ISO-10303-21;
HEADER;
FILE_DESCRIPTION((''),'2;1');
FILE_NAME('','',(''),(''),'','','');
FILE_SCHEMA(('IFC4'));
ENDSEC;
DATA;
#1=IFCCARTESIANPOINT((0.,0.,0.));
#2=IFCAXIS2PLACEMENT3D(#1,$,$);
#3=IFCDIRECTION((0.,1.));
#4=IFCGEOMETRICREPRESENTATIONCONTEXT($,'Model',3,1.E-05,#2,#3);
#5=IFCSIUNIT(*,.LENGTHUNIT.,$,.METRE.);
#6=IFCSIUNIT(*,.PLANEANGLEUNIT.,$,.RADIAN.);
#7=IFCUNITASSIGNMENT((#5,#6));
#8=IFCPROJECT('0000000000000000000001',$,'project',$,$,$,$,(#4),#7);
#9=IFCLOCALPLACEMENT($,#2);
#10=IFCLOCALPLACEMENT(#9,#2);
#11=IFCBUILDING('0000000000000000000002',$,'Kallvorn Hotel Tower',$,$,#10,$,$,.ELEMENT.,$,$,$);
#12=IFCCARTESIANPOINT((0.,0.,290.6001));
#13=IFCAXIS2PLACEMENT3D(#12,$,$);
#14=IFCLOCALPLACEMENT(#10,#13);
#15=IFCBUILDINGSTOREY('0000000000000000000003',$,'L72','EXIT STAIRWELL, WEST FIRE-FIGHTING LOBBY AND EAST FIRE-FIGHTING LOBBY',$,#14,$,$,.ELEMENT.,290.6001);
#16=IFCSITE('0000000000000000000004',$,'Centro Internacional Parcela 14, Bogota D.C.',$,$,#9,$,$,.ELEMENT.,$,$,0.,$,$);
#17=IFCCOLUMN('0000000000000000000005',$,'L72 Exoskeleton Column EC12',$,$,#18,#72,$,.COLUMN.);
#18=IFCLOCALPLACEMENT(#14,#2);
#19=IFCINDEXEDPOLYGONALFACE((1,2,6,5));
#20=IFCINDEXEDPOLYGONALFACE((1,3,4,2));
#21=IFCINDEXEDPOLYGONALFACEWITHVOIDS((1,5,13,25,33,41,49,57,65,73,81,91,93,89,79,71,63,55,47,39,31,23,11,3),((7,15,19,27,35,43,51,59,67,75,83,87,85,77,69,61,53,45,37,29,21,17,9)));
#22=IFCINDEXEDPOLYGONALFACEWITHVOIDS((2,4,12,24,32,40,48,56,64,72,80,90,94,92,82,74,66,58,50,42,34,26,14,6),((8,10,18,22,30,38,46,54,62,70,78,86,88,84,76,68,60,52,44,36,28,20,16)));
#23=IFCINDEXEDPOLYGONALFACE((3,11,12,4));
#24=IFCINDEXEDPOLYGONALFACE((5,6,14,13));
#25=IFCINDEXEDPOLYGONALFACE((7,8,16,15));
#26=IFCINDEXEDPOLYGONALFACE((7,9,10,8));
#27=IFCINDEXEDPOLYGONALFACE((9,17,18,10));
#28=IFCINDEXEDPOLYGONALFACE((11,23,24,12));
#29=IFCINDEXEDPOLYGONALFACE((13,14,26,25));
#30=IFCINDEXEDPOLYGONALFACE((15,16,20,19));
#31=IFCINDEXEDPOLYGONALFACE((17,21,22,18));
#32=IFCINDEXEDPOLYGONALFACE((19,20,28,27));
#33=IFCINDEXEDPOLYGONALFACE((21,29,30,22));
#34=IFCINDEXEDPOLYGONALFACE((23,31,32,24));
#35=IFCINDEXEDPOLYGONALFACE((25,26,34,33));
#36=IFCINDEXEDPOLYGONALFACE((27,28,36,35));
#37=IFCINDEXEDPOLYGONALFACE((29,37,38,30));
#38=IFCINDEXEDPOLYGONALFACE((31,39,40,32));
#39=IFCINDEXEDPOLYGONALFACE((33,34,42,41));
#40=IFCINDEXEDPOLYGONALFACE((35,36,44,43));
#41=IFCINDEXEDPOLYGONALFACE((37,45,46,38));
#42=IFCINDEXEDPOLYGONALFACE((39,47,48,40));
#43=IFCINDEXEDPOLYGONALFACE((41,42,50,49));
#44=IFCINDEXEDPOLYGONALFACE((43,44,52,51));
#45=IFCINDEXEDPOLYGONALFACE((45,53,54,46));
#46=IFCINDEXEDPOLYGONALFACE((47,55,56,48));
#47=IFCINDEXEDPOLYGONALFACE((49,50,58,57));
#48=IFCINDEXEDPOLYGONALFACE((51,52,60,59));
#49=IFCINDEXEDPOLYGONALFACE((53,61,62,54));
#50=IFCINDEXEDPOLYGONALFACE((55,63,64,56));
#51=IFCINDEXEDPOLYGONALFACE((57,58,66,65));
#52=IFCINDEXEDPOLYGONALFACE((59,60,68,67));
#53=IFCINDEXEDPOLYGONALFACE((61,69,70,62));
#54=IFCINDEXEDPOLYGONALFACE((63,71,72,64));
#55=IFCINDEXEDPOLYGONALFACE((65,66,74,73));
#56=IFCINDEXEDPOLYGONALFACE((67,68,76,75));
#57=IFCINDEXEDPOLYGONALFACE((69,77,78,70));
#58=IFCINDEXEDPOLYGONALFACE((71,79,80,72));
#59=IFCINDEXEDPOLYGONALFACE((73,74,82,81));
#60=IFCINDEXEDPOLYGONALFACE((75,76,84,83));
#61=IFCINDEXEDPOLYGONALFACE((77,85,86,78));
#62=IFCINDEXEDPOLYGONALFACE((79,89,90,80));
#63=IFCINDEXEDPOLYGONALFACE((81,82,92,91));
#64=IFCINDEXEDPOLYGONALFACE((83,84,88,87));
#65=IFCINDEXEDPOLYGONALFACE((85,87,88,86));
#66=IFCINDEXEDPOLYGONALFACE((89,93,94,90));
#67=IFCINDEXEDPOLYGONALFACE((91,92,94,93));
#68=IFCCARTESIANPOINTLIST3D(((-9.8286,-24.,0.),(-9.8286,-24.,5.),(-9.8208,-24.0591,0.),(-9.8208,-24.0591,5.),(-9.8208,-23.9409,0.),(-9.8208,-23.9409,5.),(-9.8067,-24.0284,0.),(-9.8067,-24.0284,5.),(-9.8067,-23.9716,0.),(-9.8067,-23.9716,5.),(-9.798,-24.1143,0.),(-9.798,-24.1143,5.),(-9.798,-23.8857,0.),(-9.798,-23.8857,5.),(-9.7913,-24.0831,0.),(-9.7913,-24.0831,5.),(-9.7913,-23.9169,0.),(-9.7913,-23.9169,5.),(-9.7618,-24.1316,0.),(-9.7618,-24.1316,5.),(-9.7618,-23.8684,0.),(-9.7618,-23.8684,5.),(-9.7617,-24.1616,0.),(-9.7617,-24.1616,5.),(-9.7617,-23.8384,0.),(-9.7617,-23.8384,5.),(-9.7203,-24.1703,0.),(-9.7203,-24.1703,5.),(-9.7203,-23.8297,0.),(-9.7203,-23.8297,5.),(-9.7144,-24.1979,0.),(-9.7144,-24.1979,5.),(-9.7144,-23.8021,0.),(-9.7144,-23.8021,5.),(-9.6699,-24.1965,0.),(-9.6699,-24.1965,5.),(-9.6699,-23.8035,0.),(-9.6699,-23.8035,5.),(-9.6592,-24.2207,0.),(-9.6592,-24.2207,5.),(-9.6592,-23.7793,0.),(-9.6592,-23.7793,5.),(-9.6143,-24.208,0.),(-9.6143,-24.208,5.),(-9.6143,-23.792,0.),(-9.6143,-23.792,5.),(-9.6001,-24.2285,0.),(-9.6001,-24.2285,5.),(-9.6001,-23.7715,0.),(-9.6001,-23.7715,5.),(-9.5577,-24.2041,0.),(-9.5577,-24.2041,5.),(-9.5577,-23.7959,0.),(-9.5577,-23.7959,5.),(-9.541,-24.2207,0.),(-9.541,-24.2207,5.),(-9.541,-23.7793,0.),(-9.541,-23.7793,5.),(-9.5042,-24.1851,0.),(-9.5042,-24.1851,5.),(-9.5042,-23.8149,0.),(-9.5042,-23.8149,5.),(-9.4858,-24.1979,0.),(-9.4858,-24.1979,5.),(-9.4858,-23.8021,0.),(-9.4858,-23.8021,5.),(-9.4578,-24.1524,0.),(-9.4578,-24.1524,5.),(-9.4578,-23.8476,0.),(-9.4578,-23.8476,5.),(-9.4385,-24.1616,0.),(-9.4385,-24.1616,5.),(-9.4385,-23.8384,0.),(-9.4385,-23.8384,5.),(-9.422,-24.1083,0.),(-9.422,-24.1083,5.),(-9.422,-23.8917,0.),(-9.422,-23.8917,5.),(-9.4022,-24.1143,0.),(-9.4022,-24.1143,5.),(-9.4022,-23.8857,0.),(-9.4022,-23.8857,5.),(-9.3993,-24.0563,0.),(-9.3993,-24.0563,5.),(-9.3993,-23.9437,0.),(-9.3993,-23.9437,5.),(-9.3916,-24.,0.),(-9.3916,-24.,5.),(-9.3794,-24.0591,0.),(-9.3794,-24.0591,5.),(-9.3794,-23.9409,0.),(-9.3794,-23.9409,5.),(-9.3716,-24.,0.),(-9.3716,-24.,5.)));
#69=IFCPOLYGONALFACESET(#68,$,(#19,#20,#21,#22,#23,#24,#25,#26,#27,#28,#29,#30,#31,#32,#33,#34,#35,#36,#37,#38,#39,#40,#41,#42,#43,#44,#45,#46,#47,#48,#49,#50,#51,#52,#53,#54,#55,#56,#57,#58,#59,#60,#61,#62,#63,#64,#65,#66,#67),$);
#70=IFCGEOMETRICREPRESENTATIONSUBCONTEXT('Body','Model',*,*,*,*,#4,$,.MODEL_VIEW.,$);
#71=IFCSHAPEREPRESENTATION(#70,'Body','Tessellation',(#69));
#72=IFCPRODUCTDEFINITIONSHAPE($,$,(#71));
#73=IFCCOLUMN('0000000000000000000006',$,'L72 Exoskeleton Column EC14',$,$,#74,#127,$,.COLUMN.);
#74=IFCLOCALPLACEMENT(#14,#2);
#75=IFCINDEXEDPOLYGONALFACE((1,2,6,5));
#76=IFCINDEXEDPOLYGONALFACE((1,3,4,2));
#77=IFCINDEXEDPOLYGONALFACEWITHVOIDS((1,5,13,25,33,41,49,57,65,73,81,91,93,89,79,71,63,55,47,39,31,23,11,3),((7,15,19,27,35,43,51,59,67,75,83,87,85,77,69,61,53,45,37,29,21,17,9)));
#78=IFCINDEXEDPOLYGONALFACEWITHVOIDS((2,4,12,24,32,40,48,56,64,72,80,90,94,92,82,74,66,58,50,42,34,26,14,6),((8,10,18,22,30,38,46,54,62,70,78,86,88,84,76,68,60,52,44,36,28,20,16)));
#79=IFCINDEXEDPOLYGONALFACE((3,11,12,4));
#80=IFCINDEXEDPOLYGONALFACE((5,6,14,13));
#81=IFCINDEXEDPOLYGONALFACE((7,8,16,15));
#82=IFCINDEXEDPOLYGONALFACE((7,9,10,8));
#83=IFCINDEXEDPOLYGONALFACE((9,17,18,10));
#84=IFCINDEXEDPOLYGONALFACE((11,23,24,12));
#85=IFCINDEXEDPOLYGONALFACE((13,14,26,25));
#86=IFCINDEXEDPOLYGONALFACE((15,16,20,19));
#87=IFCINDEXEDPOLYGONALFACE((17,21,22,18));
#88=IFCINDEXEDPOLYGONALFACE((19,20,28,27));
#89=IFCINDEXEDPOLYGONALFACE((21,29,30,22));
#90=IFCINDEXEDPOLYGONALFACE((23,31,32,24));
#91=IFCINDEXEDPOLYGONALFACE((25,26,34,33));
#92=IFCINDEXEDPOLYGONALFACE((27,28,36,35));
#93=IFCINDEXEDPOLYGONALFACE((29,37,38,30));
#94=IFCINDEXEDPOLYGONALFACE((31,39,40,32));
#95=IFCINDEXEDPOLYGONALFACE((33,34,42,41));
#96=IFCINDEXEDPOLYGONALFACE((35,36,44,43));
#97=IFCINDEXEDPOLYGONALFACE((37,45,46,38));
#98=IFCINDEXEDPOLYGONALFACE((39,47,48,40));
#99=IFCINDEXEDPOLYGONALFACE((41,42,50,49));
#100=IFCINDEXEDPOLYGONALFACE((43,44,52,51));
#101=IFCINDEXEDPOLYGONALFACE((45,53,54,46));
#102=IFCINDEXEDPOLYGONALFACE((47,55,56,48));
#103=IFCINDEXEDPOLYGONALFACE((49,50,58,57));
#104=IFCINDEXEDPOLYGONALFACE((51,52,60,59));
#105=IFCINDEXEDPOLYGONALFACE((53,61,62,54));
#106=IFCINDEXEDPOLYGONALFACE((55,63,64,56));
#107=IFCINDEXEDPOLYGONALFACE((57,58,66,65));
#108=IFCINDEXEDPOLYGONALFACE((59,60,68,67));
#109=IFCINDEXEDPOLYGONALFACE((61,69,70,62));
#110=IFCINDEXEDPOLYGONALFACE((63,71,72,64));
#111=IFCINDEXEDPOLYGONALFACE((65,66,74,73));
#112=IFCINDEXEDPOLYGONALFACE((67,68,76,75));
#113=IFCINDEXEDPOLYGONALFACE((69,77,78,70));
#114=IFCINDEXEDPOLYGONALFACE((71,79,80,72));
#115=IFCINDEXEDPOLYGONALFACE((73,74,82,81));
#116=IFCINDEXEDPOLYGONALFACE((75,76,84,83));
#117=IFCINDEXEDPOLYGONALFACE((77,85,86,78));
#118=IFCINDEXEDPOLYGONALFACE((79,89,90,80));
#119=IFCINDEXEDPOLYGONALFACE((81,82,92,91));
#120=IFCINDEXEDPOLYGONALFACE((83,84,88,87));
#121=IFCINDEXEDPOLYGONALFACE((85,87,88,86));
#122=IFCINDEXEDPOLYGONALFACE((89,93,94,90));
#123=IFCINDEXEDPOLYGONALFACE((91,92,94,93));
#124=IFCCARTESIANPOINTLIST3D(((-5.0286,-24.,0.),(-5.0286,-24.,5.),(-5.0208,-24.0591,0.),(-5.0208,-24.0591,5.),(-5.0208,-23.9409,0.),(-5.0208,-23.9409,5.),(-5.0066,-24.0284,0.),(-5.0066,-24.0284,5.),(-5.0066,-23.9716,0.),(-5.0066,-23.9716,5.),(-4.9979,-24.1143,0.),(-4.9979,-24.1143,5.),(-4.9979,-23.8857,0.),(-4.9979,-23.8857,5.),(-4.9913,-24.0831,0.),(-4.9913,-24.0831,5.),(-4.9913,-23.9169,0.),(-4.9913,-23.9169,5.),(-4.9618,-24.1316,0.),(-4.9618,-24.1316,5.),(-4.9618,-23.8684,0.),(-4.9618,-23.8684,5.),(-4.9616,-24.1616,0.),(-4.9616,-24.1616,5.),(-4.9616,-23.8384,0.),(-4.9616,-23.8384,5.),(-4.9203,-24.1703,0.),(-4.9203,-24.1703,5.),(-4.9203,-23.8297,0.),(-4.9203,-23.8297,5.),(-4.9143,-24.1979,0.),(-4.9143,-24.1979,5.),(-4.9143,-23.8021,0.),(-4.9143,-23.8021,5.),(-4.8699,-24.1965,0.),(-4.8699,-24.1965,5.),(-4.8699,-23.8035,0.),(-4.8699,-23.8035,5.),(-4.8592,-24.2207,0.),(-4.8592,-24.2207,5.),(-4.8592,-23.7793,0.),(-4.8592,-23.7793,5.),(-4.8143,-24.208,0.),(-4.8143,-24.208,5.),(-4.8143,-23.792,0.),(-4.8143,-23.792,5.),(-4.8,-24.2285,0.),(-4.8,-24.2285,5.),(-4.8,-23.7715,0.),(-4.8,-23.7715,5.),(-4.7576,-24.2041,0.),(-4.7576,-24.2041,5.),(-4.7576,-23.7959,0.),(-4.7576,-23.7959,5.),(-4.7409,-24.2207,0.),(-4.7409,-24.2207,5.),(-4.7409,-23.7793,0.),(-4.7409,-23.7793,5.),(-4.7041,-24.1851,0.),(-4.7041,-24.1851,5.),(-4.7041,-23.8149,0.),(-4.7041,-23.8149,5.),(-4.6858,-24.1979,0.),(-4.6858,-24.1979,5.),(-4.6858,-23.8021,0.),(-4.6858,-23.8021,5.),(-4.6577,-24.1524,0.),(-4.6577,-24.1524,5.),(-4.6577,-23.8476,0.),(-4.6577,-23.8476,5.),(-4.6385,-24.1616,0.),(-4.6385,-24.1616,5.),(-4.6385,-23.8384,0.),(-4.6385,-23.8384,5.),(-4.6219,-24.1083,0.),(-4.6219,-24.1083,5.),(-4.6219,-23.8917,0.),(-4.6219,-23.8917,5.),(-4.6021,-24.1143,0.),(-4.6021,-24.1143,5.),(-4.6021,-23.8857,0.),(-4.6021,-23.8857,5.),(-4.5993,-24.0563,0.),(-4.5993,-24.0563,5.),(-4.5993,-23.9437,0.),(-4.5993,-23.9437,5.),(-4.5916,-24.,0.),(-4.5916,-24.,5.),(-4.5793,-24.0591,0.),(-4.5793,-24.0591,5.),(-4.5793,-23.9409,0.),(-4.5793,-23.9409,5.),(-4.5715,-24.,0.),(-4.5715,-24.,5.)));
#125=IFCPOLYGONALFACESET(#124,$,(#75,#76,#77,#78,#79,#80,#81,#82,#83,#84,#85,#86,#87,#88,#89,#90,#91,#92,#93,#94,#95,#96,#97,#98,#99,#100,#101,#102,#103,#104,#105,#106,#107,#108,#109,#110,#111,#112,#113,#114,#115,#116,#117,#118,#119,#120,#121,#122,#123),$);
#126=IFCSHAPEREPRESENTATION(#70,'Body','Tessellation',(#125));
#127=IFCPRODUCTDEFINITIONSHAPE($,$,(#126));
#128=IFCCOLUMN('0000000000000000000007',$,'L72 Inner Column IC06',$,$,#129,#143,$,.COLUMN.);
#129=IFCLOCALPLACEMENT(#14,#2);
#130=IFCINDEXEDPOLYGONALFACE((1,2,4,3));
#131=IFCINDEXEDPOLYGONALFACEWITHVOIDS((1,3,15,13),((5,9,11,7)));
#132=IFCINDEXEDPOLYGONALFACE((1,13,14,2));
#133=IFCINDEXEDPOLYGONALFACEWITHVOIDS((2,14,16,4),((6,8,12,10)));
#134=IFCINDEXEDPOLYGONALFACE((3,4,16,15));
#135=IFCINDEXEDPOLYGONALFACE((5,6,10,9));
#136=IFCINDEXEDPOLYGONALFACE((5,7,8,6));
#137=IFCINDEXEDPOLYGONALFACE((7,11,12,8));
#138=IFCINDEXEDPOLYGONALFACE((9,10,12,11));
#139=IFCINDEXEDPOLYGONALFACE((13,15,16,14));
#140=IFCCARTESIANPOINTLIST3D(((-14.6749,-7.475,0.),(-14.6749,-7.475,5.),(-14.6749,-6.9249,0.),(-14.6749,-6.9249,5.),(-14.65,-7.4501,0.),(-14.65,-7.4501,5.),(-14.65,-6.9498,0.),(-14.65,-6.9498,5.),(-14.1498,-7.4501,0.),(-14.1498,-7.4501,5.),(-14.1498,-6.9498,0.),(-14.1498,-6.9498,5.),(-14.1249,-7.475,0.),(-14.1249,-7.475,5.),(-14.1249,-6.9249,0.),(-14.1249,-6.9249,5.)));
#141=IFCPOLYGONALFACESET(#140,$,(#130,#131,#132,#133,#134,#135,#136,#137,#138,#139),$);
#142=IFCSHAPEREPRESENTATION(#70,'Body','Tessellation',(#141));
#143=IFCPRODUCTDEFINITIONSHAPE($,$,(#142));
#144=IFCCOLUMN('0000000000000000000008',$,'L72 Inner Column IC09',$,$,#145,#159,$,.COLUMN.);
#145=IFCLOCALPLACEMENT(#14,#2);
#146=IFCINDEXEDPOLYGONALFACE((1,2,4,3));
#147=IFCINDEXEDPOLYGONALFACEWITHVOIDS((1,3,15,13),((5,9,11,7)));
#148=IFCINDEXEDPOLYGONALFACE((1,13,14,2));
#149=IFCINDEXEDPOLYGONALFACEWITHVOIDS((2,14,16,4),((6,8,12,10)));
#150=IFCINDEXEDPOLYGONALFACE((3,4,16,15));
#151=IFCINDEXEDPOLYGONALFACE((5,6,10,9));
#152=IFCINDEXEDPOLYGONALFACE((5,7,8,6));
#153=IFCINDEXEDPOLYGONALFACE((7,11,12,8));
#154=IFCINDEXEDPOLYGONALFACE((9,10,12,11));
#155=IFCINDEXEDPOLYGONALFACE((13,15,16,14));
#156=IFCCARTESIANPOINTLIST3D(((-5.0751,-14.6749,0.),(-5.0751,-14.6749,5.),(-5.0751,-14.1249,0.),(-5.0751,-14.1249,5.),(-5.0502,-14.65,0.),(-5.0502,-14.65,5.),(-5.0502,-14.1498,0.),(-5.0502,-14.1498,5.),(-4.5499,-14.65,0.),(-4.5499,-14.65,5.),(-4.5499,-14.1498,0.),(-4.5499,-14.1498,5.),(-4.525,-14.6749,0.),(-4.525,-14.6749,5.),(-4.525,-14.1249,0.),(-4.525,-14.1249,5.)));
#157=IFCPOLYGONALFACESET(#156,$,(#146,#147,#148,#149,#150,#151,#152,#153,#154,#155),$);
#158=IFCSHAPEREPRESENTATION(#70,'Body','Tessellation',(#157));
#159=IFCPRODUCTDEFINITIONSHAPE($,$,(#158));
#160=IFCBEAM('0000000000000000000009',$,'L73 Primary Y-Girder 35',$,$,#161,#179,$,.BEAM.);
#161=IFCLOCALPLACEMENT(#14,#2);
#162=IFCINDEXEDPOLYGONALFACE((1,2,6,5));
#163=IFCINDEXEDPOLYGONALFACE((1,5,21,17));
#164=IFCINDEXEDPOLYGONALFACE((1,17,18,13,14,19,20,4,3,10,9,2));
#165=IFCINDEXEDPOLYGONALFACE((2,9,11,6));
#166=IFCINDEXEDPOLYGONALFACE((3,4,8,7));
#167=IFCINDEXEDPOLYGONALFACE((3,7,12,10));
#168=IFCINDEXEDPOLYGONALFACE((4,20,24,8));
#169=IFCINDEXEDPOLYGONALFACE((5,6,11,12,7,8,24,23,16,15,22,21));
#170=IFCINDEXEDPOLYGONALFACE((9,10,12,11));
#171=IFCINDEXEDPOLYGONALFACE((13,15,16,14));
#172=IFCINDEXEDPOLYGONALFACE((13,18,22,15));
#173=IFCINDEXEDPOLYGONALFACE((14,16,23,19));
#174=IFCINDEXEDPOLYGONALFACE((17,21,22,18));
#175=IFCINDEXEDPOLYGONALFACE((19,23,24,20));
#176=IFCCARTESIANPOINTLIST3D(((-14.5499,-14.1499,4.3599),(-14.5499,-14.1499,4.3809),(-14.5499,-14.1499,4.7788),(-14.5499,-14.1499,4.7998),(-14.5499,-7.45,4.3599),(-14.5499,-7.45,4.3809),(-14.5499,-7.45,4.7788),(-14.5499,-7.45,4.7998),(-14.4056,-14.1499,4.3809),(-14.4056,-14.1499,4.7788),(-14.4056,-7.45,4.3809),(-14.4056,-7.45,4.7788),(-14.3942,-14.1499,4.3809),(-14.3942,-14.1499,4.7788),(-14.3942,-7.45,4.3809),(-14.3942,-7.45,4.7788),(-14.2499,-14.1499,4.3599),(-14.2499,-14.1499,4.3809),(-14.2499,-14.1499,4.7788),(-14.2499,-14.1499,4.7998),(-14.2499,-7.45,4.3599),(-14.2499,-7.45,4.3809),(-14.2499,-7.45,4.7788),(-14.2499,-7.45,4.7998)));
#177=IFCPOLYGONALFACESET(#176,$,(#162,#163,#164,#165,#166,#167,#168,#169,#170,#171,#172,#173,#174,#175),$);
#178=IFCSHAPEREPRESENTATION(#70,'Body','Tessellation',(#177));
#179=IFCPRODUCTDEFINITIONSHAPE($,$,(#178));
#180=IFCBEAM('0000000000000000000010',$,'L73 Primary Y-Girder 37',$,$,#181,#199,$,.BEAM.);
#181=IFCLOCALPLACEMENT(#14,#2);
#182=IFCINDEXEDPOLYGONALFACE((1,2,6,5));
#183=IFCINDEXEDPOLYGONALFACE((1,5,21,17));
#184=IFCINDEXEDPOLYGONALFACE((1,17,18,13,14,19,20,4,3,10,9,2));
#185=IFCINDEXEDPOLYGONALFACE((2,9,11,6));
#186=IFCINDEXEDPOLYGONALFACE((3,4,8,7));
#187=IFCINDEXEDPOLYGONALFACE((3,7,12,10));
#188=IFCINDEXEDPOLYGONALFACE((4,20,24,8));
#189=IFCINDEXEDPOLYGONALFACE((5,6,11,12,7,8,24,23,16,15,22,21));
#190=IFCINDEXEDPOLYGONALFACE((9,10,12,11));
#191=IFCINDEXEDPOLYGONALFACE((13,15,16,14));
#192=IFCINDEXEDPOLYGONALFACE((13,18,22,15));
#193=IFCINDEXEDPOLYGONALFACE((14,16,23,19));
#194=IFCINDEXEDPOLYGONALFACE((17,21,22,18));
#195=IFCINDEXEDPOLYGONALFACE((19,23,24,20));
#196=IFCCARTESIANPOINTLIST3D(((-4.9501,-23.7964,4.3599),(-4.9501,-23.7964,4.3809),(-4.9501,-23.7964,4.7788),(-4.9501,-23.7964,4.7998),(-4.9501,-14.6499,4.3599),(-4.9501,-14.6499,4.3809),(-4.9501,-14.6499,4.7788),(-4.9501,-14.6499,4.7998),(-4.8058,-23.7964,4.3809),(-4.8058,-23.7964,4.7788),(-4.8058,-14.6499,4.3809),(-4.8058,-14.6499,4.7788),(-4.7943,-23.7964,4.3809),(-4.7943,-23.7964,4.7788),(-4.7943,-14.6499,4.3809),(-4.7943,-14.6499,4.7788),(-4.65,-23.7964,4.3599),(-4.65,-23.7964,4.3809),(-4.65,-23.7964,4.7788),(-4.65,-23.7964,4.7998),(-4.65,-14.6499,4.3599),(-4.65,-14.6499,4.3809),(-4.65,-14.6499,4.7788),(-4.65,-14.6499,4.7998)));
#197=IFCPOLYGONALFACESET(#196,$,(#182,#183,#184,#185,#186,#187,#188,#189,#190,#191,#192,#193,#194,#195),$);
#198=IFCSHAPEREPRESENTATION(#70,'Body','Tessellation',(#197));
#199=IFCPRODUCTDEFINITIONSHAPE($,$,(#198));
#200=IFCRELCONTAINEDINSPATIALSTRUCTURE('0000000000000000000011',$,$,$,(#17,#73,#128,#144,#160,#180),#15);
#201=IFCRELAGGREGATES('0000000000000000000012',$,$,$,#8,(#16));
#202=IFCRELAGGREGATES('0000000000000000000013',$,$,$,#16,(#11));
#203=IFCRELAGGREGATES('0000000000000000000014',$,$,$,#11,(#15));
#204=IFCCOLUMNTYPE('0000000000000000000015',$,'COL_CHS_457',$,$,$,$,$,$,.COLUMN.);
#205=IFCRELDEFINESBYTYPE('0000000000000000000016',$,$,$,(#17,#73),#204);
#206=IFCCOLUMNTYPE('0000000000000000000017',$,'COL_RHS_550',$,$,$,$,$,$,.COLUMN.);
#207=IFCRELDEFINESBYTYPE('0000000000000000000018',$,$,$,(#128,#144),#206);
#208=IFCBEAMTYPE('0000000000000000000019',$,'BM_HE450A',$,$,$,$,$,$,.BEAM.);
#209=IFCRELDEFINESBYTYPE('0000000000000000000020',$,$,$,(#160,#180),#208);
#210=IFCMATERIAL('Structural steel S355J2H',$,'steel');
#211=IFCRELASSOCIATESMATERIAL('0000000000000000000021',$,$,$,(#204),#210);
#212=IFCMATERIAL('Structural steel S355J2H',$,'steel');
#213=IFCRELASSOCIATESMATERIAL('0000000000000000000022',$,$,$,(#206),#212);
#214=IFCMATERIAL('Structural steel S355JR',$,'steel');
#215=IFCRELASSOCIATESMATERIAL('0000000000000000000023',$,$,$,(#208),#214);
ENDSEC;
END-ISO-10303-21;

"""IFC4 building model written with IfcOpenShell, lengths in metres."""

from ifc_helpers import new_model, si_unit, direction, frame, origin, origin_2d, place, context, subcontext, project, spatial, hollow_rectangle, hollow_circle, i_section, extrude, material, material_profile, profile_set, type_object, element, save


model = new_model("IFC4")

# Units and contexts
model_context = context("Model", 3, precision=1e-05, world=origin(), true_north=direction((0.0, 1.0)))
body_context = subcontext(model_context, "Body", "Model", "MODEL_VIEW")
ifc_project = project(units=[si_unit("LENGTHUNIT", "METRE"), si_unit("PLANEANGLEUNIT", "RADIAN")], contexts=[model_context])

# Site, building, storey
site_placement = place(None, origin())
site = spatial("IfcSite", under=ifc_project, at=site_placement, Name="Centro Internacional Parcela 14, Bogota D.C.", CompositionType="ELEMENT", RefElevation=0.0)
building_placement = place(site_placement, origin())
building = spatial("IfcBuilding", under=site, at=building_placement, Name="Kallvorn Hotel Tower", CompositionType="ELEMENT")
storey_placement = place(building_placement, frame((0.0, 0.0, 290.6001)))
storey = spatial("IfcBuildingStorey", under=building, at=storey_placement, Name="L72", Description="EXIT STAIRWELL, WEST FIRE-FIGHTING LOBBY AND EAST FIRE-FIGHTING LOBBY", CompositionType="ELEMENT", Elevation=290.6001)

# Columns
ifc_material_1 = material(Name="Structural steel S355J2H", Category="steel")
ifc_material_profile_1 = material_profile(ifc_material_1, hollow_circle(Radius=0.2285, WallThickness=0.02, at=origin_2d()), Name="CHS 457x20")
ifc_profile_set_1 = profile_set([ifc_material_profile_1], Name="Structural steel S355J2H")
column_type_1 = type_object("IfcColumnType", Name="COL_CHS_457", PredefinedType="COLUMN", material=ifc_profile_set_1)
for number, where, z_axis, x_axis, name in (
    (1, (-9.6001, -24.0, 0.0), (0.0, 0.0, 1.0), (1.0, 0.0, 0.0), "L72 Exoskeleton Column EC12"),
    (2, (-4.8, -24.0, 0.0), (0.0, 0.0, 1.0), (1.0, 0.0, 0.0), "L72 Exoskeleton Column EC14"),
):
    element("IfcColumn", number, at=place(storey_placement, frame(where, z_axis=z_axis, x_axis=x_axis)), inside=storey, type_object=column_type_1, Name=name, PredefinedType="COLUMN", context=body_context, shape_type="SweptSolid", body=[
        extrude(hollow_circle(Radius=0.2285, WallThickness=0.02, at=origin_2d()), origin(), (0.0, 0.0, 1.0), 5.0),
    ])
ifc_material_2 = material(Name="Structural steel S355J2H", Category="steel")
ifc_material_profile_2 = material_profile(ifc_material_2, hollow_rectangle(XDim=0.55, YDim=0.55, WallThickness=0.0249, at=origin_2d()), Name="RHS 550x550x25")
ifc_profile_set_2 = profile_set([ifc_material_profile_2], Name="Structural steel S355J2H")
column_type_2 = type_object("IfcColumnType", Name="COL_RHS_550", PredefinedType="COLUMN", material=ifc_profile_set_2)
for number, where, z_axis, x_axis, name in (
    (3, (-14.3999, -7.2, 0.0), (0.0, 0.0, 1.0), (1.0, 0.0, 0.0), "L72 Inner Column IC06"),
    (4, (-4.8, -14.3999, 0.0), (0.0, 0.0, 1.0), (1.0, 0.0, 0.0), "L72 Inner Column IC09"),
):
    element("IfcColumn", number, at=place(storey_placement, frame(where, z_axis=z_axis, x_axis=x_axis)), inside=storey, type_object=column_type_2, Name=name, PredefinedType="COLUMN", context=body_context, shape_type="SweptSolid", body=[
        extrude(hollow_rectangle(XDim=0.55, YDim=0.55, WallThickness=0.0249, at=origin_2d()), origin(), (0.0, 0.0, 1.0), 5.0),
    ])

# Beams
ifc_material_3 = material(Name="Structural steel S355JR", Category="steel")
ifc_material_profile_3 = material_profile(ifc_material_3, i_section(OverallWidth=0.3, OverallDepth=0.4399, WebThickness=0.0115, FlangeThickness=0.021, at=origin_2d()), Name="HE 450 A")
ifc_profile_set_3 = profile_set([ifc_material_profile_3], Name="Structural steel S355JR")
beam_type_1 = type_object("IfcBeamType", Name="BM_HE450A", PredefinedType="BEAM", material=ifc_profile_set_3)
beam_1_placement = place(storey_placement, frame((-14.3999, -14.1499, 4.5798), z_axis=(0.0, 1.0, 0.0), x_axis=(-1.0, 0.0, 0.0)))
element("IfcBeam", 5, at=beam_1_placement, inside=storey, type_object=beam_type_1, Name="L73 Primary Y-Girder 35", PredefinedType="BEAM", context=body_context, shape_type="SweptSolid", body=[
    extrude(i_section(OverallWidth=0.3, OverallDepth=0.4399, WebThickness=0.0115, FlangeThickness=0.021, at=origin_2d()), origin(), (0.0, 0.0, 1.0), 6.7),
])
beam_2_placement = place(storey_placement, frame((-4.8, -23.7964, 4.5798), z_axis=(0.0, 1.0, 0.0), x_axis=(-1.0, 0.0, 0.0)))
element("IfcBeam", 6, at=beam_2_placement, inside=storey, type_object=beam_type_1, Name="L73 Primary Y-Girder 37", PredefinedType="BEAM", context=body_context, shape_type="SweptSolid", body=[
    extrude(i_section(OverallWidth=0.3, OverallDepth=0.4399, WebThickness=0.0115, FlangeThickness=0.021, at=origin_2d()), origin(), (0.0, 0.0, 1.0), 9.1465),
])

save(model, "model.ifc")
